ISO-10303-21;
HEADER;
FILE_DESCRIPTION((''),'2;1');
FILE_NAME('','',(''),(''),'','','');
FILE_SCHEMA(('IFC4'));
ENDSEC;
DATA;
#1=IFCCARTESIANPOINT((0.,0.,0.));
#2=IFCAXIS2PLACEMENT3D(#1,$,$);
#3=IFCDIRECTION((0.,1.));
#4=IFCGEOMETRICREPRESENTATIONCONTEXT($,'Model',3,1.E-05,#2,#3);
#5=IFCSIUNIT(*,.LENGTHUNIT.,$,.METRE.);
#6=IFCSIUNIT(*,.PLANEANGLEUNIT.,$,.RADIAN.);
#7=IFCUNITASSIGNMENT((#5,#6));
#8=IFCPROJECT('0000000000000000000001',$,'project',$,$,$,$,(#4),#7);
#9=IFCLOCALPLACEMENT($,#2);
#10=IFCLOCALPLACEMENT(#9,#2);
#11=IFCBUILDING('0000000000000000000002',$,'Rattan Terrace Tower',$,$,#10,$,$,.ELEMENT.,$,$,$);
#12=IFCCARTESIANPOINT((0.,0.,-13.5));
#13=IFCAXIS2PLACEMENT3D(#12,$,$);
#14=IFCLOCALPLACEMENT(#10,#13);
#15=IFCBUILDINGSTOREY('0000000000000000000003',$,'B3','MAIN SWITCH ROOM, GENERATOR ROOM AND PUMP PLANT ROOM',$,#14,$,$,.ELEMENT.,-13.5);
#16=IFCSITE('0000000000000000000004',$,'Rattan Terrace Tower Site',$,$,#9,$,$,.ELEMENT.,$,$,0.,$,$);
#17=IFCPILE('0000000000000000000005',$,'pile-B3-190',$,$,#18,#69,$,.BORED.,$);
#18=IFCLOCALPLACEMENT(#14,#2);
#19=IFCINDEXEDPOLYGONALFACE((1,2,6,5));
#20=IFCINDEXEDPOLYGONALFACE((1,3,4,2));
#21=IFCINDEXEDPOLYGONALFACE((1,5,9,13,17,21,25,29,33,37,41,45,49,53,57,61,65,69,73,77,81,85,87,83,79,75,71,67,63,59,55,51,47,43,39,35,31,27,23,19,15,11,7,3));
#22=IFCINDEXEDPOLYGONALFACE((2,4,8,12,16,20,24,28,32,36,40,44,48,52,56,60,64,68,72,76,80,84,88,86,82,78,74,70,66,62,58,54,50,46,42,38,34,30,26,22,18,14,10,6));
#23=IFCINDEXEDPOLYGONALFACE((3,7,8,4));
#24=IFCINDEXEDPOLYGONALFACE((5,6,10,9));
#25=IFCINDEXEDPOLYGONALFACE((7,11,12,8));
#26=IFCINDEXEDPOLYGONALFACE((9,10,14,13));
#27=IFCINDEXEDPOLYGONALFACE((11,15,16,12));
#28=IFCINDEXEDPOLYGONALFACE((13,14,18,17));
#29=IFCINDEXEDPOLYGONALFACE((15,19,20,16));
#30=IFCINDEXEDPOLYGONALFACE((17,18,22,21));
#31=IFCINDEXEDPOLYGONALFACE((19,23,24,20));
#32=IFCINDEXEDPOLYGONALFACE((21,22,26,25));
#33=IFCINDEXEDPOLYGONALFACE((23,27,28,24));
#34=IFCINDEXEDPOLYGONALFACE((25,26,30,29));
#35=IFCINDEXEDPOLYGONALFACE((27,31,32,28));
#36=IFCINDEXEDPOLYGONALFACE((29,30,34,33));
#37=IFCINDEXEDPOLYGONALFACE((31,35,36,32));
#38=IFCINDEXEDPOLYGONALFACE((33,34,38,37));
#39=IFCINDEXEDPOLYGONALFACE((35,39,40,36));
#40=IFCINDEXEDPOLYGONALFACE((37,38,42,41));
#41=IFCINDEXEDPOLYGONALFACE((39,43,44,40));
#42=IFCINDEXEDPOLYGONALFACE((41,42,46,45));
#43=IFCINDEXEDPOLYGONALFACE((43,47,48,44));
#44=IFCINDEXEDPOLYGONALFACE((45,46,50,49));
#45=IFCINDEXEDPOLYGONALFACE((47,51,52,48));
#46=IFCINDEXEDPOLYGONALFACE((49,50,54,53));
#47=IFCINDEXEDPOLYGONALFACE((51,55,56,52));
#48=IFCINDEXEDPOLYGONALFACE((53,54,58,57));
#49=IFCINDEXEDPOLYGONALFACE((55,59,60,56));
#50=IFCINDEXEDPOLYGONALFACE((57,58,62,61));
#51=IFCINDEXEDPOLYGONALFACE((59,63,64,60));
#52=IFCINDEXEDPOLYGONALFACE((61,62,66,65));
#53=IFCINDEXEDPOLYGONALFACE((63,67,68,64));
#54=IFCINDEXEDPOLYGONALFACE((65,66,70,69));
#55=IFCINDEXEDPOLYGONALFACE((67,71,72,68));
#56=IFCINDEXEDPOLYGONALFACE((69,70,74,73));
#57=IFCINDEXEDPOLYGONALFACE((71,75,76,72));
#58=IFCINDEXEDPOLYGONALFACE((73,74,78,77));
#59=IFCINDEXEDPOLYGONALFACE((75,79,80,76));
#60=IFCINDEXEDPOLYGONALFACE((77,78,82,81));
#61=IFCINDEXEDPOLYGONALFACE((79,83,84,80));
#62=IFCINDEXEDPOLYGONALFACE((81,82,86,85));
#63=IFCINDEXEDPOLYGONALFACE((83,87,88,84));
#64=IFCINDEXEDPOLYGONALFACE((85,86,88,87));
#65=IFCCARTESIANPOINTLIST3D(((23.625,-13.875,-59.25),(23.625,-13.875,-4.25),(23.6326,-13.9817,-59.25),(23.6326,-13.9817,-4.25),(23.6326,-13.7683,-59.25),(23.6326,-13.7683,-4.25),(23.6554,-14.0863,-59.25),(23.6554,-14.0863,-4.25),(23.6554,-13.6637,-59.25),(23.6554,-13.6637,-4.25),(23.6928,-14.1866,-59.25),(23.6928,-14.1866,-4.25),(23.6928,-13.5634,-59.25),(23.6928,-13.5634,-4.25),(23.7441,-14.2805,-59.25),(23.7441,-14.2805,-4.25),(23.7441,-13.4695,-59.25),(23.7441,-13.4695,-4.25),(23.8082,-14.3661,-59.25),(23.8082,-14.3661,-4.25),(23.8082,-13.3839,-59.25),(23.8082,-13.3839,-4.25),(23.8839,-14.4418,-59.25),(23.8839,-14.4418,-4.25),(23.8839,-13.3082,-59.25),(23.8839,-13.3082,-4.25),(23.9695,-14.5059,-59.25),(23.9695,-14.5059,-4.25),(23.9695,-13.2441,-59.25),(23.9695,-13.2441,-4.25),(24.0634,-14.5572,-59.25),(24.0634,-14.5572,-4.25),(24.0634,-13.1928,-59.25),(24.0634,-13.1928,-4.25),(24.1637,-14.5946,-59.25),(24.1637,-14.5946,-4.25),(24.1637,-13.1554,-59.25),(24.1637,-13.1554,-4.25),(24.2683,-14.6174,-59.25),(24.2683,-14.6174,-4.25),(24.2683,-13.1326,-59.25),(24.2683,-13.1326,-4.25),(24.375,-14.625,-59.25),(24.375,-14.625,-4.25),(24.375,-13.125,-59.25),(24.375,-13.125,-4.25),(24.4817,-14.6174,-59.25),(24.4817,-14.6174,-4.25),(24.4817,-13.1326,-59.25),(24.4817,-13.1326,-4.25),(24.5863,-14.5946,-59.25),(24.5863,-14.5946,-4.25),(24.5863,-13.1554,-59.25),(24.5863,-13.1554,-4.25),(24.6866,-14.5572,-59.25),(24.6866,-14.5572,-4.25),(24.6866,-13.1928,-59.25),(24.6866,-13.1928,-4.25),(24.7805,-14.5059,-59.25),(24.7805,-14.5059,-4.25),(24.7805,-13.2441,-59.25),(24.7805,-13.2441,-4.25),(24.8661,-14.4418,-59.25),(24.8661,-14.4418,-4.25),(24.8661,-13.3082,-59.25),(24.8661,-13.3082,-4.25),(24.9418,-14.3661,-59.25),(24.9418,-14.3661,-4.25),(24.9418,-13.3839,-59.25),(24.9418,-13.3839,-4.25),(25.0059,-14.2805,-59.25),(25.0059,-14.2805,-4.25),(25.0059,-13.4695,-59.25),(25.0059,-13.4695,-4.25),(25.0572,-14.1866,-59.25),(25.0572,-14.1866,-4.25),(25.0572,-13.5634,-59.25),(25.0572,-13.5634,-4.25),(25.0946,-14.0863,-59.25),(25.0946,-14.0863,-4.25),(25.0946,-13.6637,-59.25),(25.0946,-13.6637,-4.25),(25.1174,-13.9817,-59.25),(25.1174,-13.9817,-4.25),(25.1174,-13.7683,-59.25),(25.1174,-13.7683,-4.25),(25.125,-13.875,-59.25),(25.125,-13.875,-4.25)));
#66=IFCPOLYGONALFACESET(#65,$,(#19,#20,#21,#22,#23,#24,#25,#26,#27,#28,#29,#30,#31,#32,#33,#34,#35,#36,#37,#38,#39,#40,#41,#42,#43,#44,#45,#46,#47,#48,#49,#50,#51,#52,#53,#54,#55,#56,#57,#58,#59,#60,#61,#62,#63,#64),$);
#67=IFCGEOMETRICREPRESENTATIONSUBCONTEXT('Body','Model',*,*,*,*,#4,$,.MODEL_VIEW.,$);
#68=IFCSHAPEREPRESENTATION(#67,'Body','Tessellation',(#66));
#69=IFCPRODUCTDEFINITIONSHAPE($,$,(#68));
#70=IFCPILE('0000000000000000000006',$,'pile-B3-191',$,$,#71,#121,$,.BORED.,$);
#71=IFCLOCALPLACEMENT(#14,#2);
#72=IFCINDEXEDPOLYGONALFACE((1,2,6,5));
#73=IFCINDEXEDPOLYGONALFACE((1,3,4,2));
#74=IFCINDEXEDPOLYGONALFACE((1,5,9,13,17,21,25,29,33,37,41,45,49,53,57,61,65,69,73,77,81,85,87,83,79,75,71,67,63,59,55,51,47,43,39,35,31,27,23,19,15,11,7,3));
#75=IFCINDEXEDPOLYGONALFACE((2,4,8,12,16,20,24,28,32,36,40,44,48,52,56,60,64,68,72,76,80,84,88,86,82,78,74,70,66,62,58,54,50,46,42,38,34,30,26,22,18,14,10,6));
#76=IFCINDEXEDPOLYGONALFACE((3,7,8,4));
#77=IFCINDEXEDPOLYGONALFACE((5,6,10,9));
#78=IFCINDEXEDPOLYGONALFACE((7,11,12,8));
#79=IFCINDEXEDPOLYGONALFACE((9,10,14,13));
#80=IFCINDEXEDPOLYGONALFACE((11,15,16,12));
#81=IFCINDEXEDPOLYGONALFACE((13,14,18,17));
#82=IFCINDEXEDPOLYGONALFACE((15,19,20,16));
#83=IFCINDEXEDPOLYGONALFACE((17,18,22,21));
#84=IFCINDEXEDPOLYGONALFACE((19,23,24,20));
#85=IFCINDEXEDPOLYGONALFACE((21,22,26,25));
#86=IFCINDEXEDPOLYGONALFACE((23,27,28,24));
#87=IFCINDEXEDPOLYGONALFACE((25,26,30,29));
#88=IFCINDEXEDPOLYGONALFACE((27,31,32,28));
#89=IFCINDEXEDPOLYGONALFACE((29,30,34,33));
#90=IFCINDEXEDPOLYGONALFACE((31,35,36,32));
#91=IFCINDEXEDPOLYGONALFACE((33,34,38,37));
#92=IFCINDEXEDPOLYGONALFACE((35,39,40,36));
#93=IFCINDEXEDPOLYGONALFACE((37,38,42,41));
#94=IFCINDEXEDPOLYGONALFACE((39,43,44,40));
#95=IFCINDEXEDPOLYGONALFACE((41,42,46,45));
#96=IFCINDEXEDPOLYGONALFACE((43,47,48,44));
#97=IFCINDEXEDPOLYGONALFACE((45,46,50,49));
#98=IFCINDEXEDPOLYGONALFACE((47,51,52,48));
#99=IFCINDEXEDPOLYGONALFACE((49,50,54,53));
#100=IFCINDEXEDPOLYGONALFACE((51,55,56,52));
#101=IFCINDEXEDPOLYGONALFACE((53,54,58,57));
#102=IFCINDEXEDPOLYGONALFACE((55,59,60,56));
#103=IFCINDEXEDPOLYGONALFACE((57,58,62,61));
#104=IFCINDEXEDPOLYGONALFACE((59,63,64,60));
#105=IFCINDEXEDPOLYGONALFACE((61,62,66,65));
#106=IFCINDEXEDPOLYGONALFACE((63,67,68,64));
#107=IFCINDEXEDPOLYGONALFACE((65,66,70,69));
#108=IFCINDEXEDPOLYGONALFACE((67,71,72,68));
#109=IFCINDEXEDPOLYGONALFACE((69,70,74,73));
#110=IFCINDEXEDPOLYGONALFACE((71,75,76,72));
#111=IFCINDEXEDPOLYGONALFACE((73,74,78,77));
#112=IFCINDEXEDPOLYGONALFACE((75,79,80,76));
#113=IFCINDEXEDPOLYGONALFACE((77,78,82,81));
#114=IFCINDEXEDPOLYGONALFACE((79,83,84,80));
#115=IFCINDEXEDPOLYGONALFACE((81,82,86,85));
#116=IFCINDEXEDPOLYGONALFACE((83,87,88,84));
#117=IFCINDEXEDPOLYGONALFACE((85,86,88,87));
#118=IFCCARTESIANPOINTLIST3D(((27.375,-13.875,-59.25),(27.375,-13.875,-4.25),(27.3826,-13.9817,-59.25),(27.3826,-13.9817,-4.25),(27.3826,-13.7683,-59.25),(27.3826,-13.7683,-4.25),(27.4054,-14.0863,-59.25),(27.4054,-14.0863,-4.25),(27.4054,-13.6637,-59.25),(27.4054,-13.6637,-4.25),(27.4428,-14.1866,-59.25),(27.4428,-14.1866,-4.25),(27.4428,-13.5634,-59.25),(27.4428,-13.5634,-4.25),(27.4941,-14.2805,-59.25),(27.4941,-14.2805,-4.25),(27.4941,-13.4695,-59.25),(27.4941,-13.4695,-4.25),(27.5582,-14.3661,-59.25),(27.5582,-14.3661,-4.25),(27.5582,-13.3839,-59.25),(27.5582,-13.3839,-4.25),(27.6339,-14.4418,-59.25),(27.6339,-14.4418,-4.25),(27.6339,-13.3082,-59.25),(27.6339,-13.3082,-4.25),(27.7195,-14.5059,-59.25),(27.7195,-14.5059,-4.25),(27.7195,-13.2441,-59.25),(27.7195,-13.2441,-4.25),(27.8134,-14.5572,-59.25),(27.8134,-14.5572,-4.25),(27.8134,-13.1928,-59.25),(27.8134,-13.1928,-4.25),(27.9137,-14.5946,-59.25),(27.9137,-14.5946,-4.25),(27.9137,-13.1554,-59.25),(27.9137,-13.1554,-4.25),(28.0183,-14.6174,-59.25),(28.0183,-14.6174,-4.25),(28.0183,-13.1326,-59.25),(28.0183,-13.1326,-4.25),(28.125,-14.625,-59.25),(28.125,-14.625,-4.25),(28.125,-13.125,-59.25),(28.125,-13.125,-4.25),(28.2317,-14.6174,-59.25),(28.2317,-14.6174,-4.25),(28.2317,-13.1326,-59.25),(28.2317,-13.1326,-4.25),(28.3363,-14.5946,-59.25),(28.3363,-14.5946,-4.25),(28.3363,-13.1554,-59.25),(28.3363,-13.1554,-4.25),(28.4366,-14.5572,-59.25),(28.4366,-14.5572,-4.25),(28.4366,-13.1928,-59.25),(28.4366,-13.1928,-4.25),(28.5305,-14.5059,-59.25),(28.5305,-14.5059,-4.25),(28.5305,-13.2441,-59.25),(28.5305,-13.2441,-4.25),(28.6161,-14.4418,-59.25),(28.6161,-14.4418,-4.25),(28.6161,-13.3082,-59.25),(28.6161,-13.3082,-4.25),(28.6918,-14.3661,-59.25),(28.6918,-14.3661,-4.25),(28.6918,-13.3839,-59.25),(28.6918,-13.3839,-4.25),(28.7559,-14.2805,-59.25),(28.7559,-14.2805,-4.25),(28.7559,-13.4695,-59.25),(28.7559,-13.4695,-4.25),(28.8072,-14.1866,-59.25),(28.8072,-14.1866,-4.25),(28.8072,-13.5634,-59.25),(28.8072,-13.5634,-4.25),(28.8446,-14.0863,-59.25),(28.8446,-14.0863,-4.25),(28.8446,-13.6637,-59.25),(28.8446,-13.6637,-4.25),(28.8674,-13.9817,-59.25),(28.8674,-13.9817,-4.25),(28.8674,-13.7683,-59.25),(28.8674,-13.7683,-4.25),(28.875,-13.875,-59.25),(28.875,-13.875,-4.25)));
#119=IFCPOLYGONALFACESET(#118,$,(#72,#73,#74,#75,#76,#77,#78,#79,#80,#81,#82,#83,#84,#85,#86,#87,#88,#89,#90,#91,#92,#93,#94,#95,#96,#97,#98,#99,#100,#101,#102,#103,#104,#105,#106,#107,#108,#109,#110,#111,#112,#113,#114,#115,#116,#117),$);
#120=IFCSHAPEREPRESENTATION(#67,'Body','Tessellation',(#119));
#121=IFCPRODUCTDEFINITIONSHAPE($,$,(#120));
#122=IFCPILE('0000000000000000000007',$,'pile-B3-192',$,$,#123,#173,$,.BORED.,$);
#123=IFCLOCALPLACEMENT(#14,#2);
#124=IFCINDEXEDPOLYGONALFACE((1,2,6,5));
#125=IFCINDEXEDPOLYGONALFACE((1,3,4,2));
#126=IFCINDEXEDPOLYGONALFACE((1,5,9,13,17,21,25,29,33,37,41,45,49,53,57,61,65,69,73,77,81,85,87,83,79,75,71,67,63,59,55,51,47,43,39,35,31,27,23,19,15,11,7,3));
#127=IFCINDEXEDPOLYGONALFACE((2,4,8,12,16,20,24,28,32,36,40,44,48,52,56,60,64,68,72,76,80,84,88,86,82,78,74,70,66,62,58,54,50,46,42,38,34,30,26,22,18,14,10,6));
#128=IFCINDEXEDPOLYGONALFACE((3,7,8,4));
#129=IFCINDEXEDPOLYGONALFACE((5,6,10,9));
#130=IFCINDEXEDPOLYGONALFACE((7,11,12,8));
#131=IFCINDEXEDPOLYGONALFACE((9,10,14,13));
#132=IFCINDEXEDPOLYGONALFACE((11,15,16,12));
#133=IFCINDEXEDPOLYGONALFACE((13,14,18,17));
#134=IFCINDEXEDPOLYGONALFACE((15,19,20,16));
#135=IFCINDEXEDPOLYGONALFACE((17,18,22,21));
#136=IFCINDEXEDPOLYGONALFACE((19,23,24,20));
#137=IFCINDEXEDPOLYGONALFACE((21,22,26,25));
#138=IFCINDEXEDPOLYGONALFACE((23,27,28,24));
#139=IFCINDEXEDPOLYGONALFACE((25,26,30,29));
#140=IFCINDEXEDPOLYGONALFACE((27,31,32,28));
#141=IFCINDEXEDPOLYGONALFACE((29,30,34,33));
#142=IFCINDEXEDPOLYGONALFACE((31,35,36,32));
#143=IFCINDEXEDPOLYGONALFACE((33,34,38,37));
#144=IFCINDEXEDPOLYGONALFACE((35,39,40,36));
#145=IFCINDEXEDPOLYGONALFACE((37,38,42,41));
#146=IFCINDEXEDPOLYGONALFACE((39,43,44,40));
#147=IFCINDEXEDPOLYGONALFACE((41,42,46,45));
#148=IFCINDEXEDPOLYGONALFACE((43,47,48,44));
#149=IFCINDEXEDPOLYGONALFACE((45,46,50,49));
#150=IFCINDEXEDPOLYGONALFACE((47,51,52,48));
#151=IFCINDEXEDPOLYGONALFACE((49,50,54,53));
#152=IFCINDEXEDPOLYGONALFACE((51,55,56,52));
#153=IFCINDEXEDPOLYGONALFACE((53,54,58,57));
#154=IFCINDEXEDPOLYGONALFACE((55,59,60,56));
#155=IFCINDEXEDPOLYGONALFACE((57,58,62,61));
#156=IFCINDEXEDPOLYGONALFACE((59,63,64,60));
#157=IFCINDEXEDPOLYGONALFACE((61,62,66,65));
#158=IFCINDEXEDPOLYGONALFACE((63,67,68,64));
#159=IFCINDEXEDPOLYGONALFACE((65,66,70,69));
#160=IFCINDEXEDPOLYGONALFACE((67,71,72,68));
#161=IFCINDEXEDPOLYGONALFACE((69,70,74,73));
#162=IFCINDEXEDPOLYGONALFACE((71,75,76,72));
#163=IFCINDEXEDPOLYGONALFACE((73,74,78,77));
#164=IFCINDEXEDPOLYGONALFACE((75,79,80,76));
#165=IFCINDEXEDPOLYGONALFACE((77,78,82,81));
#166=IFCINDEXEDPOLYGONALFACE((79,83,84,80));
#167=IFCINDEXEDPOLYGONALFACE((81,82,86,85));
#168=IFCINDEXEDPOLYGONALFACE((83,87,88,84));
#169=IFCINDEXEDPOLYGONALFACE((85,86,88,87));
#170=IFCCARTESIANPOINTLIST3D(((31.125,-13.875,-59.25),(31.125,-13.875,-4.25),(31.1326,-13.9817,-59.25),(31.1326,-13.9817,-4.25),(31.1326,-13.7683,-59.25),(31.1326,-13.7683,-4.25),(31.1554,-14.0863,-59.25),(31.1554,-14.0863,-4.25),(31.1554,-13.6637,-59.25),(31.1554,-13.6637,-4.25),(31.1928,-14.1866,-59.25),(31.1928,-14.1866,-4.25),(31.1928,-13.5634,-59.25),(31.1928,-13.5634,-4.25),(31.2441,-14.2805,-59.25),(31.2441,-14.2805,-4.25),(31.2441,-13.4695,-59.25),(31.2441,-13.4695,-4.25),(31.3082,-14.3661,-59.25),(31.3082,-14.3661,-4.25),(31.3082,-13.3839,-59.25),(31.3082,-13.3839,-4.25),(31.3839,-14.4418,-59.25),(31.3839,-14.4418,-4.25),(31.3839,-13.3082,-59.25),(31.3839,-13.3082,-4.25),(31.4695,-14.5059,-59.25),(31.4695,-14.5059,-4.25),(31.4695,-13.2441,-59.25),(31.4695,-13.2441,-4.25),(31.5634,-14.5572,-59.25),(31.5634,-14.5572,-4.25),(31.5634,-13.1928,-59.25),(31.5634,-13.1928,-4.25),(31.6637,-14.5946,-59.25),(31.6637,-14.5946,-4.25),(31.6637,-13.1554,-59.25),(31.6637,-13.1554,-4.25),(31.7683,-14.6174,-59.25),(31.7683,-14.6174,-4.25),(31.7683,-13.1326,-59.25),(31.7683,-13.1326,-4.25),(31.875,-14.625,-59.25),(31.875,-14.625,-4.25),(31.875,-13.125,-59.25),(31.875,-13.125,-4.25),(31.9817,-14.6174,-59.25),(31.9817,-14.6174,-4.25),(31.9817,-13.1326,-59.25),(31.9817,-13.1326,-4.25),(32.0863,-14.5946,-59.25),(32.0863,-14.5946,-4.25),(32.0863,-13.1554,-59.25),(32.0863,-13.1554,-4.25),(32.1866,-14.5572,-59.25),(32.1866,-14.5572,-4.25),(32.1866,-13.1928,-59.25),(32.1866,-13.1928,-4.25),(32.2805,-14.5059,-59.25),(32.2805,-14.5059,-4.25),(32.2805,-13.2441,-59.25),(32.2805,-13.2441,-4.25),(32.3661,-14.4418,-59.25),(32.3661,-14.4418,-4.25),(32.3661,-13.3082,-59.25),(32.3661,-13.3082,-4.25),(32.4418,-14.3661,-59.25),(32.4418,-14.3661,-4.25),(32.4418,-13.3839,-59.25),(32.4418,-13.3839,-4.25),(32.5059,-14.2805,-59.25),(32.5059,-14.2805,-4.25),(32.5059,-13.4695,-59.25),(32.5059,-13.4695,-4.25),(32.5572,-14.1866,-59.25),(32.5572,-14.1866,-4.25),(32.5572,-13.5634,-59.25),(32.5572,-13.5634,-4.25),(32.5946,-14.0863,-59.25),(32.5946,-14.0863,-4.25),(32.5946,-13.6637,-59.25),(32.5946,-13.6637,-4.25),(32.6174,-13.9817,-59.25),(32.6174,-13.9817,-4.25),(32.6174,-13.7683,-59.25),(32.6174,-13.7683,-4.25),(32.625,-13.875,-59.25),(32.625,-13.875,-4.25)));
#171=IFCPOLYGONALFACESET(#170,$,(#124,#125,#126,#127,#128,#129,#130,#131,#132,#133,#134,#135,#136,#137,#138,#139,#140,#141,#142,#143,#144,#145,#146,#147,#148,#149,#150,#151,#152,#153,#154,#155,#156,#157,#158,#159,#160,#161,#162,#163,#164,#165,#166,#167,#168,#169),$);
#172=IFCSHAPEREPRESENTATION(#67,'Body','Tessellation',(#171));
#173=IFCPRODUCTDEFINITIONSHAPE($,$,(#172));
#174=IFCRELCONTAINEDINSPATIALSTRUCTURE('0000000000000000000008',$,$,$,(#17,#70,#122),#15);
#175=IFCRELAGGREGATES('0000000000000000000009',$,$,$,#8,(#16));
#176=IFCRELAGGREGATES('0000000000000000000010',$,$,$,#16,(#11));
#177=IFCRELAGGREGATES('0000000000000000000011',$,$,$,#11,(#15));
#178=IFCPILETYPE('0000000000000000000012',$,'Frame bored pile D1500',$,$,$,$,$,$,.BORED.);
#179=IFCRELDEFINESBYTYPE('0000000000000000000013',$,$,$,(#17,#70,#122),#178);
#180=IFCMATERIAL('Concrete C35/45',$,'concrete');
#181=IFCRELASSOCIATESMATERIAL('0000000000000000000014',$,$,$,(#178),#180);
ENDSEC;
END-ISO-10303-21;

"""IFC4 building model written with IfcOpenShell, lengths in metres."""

from ifc_helpers import new_model, si_unit, direction, frame, origin, origin_2d, place, context, subcontext, project, spatial, circle, extrude, material, material_profile, profile_set, type_object, element, save


model = new_model("IFC4")

# Units and contexts
model_context = context("Model", 3, precision=1e-05, world=origin(), true_north=direction((0.0, 1.0)))
body_context = subcontext(model_context, "Body", "Model", "MODEL_VIEW")
ifc_project = project(units=[si_unit("LENGTHUNIT", "METRE"), si_unit("PLANEANGLEUNIT", "RADIAN")], contexts=[model_context])

# Site, building, storey
site_placement = place(None, origin())
site = spatial("IfcSite", under=ifc_project, at=site_placement, Name="Rattan Terrace Tower Site", CompositionType="ELEMENT", RefElevation=0.0)
building_placement = place(site_placement, origin())
building = spatial("IfcBuilding", under=site, at=building_placement, Name="Rattan Terrace Tower", CompositionType="ELEMENT")
storey_placement = place(building_placement, frame((0.0, 0.0, -13.5)))
storey = spatial("IfcBuildingStorey", under=building, at=storey_placement, Name="B3", Description="MAIN SWITCH ROOM, GENERATOR ROOM AND PUMP PLANT ROOM", CompositionType="ELEMENT", Elevation=-13.5)

# Piles
ifc_material_1 = material(Name="Concrete C35/45", Category="concrete")
ifc_material_profile_1 = material_profile(ifc_material_1, circle(Radius=0.75, at=origin_2d()), Name="PILE D1500")
ifc_profile_set_1 = profile_set([ifc_material_profile_1], Name="Concrete C35/45")
pile_type = type_object("IfcPileType", Name="Frame bored pile D1500", PredefinedType="BORED", material=ifc_profile_set_1)
for number, where, z_axis, x_axis, name in (
    (1, (24.375, -13.875, -4.25), (0.0, 0.0, -1.0), (1.0, 0.0, 0.0), "pile-B3-190"),
    (2, (28.125, -13.875, -4.25), (0.0, 0.0, -1.0), (1.0, 0.0, 0.0), "pile-B3-191"),
    (3, (31.875, -13.875, -4.25), (0.0, 0.0, -1.0), (1.0, 0.0, 0.0), "pile-B3-192"),
):
    element("IfcPile", number, at=place(storey_placement, frame(where, z_axis=z_axis, x_axis=x_axis)), inside=storey, type_object=pile_type, Name=name, PredefinedType="BORED", context=body_context, shape_type="SweptSolid", body=[
        extrude(circle(Radius=0.75, at=origin_2d()), origin(), (0.0, 0.0, 1.0), 55.0),
    ])

save(model, "model.ifc")
